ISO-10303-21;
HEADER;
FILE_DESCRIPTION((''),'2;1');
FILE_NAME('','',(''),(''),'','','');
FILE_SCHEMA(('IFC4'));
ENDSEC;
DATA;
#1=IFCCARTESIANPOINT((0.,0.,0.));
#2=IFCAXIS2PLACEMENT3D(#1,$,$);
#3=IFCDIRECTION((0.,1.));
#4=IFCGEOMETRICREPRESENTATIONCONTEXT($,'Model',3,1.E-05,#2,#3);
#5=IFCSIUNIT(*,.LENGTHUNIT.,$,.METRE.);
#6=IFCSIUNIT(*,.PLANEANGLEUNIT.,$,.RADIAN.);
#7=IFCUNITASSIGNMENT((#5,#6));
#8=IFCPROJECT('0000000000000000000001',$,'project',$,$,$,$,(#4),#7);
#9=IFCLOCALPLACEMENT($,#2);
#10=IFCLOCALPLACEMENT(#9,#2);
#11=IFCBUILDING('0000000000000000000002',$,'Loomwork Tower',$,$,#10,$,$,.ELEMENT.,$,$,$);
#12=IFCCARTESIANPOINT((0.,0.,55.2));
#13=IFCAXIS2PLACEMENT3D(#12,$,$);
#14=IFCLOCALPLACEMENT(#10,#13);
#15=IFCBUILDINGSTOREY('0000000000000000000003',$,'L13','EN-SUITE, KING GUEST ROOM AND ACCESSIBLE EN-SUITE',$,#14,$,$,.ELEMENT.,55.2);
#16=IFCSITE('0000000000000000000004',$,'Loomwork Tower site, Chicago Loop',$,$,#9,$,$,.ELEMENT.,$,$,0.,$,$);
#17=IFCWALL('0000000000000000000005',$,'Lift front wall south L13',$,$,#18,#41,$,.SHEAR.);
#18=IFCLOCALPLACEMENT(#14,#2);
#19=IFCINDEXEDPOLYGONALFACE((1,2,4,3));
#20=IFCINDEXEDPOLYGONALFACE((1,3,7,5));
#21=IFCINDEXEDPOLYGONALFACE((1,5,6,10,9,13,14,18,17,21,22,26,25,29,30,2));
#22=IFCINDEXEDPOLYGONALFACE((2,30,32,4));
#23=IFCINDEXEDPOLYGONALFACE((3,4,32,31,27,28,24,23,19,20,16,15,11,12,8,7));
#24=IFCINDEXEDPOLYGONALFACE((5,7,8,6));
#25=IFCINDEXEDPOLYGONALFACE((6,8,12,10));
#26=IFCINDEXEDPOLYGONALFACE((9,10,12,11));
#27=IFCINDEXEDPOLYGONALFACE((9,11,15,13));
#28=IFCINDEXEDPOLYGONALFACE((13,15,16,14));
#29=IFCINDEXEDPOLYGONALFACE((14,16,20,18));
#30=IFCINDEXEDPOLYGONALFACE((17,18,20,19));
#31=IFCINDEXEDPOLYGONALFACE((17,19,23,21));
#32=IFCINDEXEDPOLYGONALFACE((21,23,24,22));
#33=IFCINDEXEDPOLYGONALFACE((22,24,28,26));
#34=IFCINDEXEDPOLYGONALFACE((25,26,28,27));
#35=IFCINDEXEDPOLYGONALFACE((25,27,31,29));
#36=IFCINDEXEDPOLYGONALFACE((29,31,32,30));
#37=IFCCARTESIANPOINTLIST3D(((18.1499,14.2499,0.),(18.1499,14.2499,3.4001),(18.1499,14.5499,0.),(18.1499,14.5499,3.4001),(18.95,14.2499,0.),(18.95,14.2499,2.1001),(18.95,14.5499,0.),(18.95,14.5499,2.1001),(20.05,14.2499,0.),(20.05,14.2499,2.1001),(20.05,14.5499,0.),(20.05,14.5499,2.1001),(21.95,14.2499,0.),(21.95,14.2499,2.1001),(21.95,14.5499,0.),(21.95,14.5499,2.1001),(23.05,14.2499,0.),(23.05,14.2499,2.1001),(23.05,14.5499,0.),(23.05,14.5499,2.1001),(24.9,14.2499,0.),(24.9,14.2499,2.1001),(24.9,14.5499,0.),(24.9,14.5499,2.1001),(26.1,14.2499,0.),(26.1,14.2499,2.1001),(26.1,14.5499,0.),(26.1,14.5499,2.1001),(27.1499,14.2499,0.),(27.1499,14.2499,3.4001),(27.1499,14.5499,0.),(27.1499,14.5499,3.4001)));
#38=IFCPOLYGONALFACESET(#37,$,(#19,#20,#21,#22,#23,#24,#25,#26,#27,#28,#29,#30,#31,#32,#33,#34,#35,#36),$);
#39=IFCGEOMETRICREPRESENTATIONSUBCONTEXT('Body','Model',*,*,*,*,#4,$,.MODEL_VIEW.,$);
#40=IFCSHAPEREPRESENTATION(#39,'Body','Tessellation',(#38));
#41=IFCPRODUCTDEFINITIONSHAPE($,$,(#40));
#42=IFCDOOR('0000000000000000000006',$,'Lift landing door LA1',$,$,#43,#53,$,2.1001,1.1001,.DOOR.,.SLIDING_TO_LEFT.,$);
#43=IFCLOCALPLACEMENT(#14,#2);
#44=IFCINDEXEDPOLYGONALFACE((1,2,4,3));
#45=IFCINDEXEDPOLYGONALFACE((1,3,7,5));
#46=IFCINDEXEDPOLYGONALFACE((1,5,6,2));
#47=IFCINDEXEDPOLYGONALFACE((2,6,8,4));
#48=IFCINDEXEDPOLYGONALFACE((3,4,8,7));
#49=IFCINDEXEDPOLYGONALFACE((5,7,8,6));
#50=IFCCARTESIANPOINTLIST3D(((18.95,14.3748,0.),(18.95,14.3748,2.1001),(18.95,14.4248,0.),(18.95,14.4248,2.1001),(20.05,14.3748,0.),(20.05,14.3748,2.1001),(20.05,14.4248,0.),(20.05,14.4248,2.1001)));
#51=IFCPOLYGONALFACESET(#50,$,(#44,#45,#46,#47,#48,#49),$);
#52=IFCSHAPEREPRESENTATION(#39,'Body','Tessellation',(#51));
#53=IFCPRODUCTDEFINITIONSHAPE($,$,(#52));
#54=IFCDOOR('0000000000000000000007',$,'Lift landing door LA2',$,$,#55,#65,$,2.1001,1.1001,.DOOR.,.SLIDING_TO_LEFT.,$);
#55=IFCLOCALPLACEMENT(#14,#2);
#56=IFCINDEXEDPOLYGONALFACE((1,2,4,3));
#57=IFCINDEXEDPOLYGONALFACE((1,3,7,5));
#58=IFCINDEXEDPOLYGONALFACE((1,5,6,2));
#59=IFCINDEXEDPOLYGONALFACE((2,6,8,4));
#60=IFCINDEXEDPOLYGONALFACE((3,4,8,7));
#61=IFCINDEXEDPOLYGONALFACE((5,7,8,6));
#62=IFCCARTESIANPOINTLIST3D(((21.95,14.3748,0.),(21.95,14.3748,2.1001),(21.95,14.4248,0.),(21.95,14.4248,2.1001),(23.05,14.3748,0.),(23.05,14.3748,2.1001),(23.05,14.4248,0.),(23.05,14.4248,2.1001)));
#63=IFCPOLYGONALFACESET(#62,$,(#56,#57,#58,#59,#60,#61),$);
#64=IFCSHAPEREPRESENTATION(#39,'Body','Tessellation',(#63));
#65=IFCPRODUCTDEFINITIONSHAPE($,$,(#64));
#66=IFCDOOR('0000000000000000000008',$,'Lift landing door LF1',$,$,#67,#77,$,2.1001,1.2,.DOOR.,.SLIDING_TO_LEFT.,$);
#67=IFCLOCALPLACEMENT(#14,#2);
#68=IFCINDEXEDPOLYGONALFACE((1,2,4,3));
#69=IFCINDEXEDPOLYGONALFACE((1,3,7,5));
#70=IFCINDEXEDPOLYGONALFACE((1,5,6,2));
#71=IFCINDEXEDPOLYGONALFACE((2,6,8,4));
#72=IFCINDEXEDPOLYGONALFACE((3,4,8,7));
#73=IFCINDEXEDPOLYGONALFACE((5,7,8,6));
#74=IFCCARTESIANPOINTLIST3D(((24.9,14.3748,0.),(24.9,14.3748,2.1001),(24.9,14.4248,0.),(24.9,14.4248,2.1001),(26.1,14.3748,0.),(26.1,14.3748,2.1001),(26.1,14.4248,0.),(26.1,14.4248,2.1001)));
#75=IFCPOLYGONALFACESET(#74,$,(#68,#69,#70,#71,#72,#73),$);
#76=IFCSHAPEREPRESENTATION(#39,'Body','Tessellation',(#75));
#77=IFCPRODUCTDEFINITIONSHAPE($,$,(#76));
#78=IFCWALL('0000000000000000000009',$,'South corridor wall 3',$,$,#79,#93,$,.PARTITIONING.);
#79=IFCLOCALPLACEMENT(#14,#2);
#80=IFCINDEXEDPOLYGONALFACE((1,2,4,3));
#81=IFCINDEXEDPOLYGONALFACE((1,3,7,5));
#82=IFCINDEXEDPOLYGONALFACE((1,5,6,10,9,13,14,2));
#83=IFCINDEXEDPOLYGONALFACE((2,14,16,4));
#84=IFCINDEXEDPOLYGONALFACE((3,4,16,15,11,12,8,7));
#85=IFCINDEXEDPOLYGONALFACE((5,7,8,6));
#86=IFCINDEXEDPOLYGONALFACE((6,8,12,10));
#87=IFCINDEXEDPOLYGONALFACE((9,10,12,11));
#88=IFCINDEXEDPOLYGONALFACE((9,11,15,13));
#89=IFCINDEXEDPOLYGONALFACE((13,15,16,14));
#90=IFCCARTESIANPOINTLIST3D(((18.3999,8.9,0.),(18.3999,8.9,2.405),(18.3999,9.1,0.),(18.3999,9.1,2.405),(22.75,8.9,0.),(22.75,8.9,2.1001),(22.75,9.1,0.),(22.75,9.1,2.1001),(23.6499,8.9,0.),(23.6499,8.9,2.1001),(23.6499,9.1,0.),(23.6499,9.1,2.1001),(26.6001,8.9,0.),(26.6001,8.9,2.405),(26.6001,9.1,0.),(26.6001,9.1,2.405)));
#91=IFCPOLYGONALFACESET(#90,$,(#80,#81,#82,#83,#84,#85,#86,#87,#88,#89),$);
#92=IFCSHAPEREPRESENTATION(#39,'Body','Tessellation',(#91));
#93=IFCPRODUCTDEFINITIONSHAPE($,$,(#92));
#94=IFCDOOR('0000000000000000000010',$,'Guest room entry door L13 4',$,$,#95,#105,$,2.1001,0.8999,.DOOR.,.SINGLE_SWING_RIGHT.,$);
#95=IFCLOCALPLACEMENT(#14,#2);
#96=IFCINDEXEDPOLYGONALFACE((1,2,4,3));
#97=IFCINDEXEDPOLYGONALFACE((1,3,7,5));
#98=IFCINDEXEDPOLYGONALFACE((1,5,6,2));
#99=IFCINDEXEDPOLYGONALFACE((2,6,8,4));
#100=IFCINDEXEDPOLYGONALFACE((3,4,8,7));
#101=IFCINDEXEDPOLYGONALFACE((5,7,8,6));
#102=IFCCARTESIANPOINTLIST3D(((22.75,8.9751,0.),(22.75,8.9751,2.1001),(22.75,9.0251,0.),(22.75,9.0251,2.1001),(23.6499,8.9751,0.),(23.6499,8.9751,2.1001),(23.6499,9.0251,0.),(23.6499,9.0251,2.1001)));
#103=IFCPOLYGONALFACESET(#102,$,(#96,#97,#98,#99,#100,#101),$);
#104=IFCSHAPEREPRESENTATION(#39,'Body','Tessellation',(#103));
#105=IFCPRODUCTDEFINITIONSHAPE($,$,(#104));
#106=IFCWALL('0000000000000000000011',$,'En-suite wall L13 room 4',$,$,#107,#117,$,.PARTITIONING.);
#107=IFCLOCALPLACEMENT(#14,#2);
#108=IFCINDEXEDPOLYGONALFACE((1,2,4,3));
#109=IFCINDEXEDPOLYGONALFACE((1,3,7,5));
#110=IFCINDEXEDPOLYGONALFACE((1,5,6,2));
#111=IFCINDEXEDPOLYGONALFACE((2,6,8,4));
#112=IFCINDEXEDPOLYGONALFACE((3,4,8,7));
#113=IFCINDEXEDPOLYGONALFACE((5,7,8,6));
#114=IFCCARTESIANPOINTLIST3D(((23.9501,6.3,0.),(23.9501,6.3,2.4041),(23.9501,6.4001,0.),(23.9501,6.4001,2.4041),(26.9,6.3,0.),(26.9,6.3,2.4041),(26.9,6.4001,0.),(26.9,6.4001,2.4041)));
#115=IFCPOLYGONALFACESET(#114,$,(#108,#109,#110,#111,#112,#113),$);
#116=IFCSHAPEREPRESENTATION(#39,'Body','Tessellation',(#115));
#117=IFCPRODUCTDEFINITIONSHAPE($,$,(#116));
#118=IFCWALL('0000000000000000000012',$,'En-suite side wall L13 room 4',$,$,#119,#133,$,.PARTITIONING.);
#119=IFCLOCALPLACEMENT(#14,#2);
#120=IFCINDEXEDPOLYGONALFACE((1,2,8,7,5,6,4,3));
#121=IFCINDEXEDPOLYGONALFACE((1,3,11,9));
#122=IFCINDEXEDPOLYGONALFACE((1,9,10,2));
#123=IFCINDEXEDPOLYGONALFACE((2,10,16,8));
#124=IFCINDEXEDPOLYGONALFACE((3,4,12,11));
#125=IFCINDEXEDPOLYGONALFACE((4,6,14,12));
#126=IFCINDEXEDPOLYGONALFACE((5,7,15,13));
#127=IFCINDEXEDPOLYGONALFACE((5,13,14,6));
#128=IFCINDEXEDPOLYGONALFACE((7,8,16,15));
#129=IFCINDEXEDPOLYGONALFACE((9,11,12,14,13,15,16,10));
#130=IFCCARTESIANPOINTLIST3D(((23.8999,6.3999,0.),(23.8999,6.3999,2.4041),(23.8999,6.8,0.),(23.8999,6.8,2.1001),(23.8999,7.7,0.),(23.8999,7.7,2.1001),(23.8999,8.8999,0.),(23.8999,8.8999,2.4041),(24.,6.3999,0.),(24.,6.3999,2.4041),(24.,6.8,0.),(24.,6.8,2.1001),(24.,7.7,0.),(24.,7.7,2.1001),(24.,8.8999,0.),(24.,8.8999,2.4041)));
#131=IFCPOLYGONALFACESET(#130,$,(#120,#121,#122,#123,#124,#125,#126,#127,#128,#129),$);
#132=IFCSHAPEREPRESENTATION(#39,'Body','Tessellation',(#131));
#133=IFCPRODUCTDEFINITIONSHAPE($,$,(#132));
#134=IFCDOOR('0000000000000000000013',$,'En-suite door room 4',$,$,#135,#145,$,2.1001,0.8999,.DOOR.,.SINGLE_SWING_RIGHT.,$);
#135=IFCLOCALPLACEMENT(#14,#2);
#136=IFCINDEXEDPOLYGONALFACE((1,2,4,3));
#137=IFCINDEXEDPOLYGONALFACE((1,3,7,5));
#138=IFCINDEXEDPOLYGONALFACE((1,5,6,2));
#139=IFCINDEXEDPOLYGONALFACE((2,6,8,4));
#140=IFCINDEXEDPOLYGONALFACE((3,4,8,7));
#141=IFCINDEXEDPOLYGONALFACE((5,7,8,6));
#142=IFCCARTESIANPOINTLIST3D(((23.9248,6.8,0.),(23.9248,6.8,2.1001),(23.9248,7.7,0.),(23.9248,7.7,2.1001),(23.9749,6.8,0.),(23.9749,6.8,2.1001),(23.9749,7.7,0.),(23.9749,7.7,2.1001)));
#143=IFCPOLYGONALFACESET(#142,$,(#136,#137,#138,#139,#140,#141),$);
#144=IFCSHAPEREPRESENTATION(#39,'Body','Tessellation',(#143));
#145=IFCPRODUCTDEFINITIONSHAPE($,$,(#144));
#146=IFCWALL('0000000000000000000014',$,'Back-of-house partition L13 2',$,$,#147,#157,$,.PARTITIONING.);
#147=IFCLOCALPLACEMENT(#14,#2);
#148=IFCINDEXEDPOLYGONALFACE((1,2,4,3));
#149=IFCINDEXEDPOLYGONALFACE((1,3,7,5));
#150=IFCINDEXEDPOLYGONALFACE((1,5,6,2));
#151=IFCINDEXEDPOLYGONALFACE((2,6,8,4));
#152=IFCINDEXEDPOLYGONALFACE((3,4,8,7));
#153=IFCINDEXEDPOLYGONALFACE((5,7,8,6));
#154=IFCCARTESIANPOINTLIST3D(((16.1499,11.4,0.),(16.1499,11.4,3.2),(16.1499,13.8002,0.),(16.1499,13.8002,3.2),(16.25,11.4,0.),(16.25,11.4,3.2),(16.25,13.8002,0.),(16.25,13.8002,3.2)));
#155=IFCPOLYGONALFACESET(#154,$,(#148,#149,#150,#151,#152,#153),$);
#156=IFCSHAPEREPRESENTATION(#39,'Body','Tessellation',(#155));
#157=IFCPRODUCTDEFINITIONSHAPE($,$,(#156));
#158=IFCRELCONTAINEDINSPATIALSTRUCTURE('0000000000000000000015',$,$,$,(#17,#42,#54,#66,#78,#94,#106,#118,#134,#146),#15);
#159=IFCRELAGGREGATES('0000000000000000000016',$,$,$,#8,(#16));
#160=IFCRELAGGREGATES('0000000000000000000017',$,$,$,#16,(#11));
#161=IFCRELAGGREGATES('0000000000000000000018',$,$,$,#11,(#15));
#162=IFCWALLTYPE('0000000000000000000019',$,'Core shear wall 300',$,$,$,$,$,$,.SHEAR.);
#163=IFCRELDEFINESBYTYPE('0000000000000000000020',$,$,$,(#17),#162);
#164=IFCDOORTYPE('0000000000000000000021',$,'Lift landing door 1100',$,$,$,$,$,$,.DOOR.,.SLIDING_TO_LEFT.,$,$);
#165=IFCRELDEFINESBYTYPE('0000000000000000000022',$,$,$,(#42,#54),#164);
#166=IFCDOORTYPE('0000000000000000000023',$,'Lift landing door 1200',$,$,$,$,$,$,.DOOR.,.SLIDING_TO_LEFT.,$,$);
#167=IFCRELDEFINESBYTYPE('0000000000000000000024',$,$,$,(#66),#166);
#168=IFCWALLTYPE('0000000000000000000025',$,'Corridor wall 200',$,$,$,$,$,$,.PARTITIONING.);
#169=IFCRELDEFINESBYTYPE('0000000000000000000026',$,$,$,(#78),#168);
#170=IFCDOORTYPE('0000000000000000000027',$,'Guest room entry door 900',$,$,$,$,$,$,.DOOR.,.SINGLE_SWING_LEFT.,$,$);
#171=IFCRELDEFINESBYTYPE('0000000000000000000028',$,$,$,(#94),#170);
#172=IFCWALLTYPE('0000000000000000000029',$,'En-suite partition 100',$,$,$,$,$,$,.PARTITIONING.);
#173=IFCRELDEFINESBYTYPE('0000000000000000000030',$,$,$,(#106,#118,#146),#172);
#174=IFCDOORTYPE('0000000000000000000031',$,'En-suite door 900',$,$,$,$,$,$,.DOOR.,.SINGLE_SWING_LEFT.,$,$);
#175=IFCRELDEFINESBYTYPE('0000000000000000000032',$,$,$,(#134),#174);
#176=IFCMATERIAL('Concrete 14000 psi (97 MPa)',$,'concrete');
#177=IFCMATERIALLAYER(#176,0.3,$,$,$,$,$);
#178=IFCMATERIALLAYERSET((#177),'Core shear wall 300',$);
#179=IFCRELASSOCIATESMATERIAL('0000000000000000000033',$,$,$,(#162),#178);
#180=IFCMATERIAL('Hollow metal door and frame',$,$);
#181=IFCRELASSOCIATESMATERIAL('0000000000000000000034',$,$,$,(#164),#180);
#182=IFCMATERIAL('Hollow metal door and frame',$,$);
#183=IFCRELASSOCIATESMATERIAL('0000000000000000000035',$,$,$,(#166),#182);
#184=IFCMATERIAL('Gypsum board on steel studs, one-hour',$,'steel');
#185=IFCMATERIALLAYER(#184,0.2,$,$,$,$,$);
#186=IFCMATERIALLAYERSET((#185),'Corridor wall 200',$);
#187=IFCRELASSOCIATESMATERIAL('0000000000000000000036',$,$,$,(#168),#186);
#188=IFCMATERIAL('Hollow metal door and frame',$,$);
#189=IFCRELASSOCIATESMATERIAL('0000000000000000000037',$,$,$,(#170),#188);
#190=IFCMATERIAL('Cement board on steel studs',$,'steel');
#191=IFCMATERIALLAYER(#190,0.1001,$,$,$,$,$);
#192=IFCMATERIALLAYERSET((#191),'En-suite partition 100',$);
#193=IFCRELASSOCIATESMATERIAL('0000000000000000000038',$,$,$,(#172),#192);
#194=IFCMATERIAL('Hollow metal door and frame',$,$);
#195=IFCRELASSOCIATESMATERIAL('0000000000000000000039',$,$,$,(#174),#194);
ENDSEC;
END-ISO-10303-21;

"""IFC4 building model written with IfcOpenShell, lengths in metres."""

from ifc_helpers import new_model, si_unit, direction, frame, frame_2d, origin, place, context, subcontext, project, spatial, rectangle, extrude, material, layer, layer_set, type_object, element, fill, save


model = new_model("IFC4")

# Units and contexts
model_context = context("Model", 3, precision=1e-05, world=origin(), true_north=direction((0.0, 1.0)))
body_context = subcontext(model_context, "Body", "Model", "MODEL_VIEW")
ifc_project = project(units=[si_unit("LENGTHUNIT", "METRE"), si_unit("PLANEANGLEUNIT", "RADIAN")], contexts=[model_context])

# Site, building, storey
site_placement = place(None, origin())
site = spatial("IfcSite", under=ifc_project, at=site_placement, Name="Loomwork Tower site, Chicago Loop", CompositionType="ELEMENT", RefElevation=0.0)
building_placement = place(site_placement, origin())
building = spatial("IfcBuilding", under=site, at=building_placement, Name="Loomwork Tower", CompositionType="ELEMENT")
storey_placement = place(building_placement, frame((0.0, 0.0, 55.2)))
storey = spatial("IfcBuildingStorey", under=building, at=storey_placement, Name="L13", Description="EN-SUITE, KING GUEST ROOM AND ACCESSIBLE EN-SUITE", CompositionType="ELEMENT", Elevation=55.2)

# Wall, openings, doors
ifc_material_1 = material(Name="Concrete 14000 psi (97 MPa)", Category="concrete")
ifc_layer_1 = layer(ifc_material_1, 0.3)
ifc_layer_set_1 = layer_set([ifc_layer_1], Name="Core shear wall 300")
wall_type_1 = type_object("IfcWallType", Name="Core shear wall 300", PredefinedType="SHEAR", material=ifc_layer_set_1)
wall_1_placement = place(storey_placement, frame((18.1499, 14.3999, 0.0), z_axis=(0.0, 0.0, 1.0), x_axis=(1.0, 0.0, 0.0)))
wall_1 = element("IfcWall", 1, at=wall_1_placement, inside=storey, type_object=wall_type_1, Name="Lift front wall south L13", PredefinedType="SHEAR", context=body_context, shape_type="SweptSolid", body=[
    extrude(rectangle(XDim=9.0, YDim=0.3, at=frame_2d((4.5, 0.0))), origin(), (0.0, 0.0, 1.0), 3.4001),
])
opening_1_placement = place(wall_1_placement, frame((0.8, 0.0, 0.0)))
opening_1 = element("IfcOpeningElement", 2, at=opening_1_placement, cuts=wall_1, PredefinedType="OPENING", context=body_context, shape_type="SweptSolid", body=[
    extrude(rectangle(XDim=1.1001, YDim=2.1001, at=frame_2d((0.55, 1.05))), frame((0.0, 0.1599, 0.0), z_axis=(0.0, -1.0, 0.0), x_axis=(1.0, 0.0, 0.0)), (0.0, 0.0, 1.0), 0.3201),
])
opening_2_placement = place(wall_1_placement, frame((3.8, 0.0, 0.0)))
opening_2 = element("IfcOpeningElement", 3, at=opening_2_placement, cuts=wall_1, PredefinedType="OPENING", context=body_context, shape_type="SweptSolid", body=[
    extrude(rectangle(XDim=1.1001, YDim=2.1001, at=frame_2d((0.55, 1.05))), frame((0.0, 0.1599, 0.0), z_axis=(0.0, -1.0, 0.0), x_axis=(1.0, 0.0, 0.0)), (0.0, 0.0, 1.0), 0.3201),
])
opening_3_placement = place(wall_1_placement, frame((6.75, 0.0, 0.0)))
opening_3 = element("IfcOpeningElement", 4, at=opening_3_placement, cuts=wall_1, PredefinedType="OPENING", context=body_context, shape_type="SweptSolid", body=[
    extrude(rectangle(XDim=1.2, YDim=2.1001, at=frame_2d((0.6001, 1.05))), frame((0.0, 0.1599, 0.0), z_axis=(0.0, -1.0, 0.0), x_axis=(1.0, 0.0, 0.0)), (0.0, 0.0, 1.0), 0.3201),
])
ifc_material_2 = material(Name="Hollow metal door and frame")
door_type_1 = type_object("IfcDoorType", Name="Lift landing door 1100", OperationType="SLIDING_TO_LEFT", PredefinedType="DOOR", material=ifc_material_2)
door_1_placement = place(opening_1_placement, origin())
door_1 = element("IfcDoor", 5, at=door_1_placement, inside=storey, type_object=door_type_1, Name="Lift landing door LA1", OperationType="SLIDING_TO_LEFT", OverallHeight=2.1001, OverallWidth=1.1001, PredefinedType="DOOR", context=body_context, shape_type="SweptSolid", body=[
    extrude(rectangle(XDim=1.1001, YDim=2.1001, at=frame_2d((0.55, 1.05))), frame((0.0, 0.0249, 0.0), z_axis=(0.0, -1.0, 0.0), x_axis=(1.0, 0.0, 0.0)), (0.0, 0.0, 1.0), 0.05),
])
fill(opening_1, door_1)
door_2_placement = place(opening_2_placement, origin())
door_2 = element("IfcDoor", 6, at=door_2_placement, inside=storey, type_object=door_type_1, Name="Lift landing door LA2", OperationType="SLIDING_TO_LEFT", OverallHeight=2.1001, OverallWidth=1.1001, PredefinedType="DOOR", context=body_context, shape_type="SweptSolid", body=[
    extrude(rectangle(XDim=1.1001, YDim=2.1001, at=frame_2d((0.55, 1.05))), frame((0.0, 0.0249, 0.0), z_axis=(0.0, -1.0, 0.0), x_axis=(1.0, 0.0, 0.0)), (0.0, 0.0, 1.0), 0.05),
])
fill(opening_2, door_2)
ifc_material_3 = material(Name="Hollow metal door and frame")
door_type_2 = type_object("IfcDoorType", Name="Lift landing door 1200", OperationType="SLIDING_TO_LEFT", PredefinedType="DOOR", material=ifc_material_3)
door_3_placement = place(opening_3_placement, origin())
door_3 = element("IfcDoor", 7, at=door_3_placement, inside=storey, type_object=door_type_2, Name="Lift landing door LF1", OperationType="SLIDING_TO_LEFT", OverallHeight=2.1001, OverallWidth=1.2, PredefinedType="DOOR", context=body_context, shape_type="SweptSolid", body=[
    extrude(rectangle(XDim=1.2, YDim=2.1001, at=frame_2d((0.6001, 1.05))), frame((0.0, 0.0249, 0.0), z_axis=(0.0, -1.0, 0.0), x_axis=(1.0, 0.0, 0.0)), (0.0, 0.0, 1.0), 0.05),
])
fill(opening_3, door_3)

# Wall, opening, door
ifc_material_4 = material(Name="Gypsum board on steel studs, one-hour", Category="steel")
ifc_layer_2 = layer(ifc_material_4, 0.2)
ifc_layer_set_2 = layer_set([ifc_layer_2], Name="Corridor wall 200")
wall_type_2 = type_object("IfcWallType", Name="Corridor wall 200", PredefinedType="PARTITIONING", material=ifc_layer_set_2)
wall_2_placement = place(storey_placement, frame((18.3999, 9.0, 0.0), z_axis=(0.0, 0.0, 1.0), x_axis=(1.0, 0.0, 0.0)))
wall_2 = element("IfcWall", 8, at=wall_2_placement, inside=storey, type_object=wall_type_2, Name="South corridor wall 3", PredefinedType="PARTITIONING", context=body_context, shape_type="SweptSolid", body=[
    extrude(rectangle(XDim=8.2002, YDim=0.2, at=frame_2d((4.1001, 0.0))), origin(), (0.0, 0.0, 1.0), 2.405),
])
opening_4_placement = place(wall_2_placement, frame((4.3501, 0.0, 0.0)))
opening_4 = element("IfcOpeningElement", 9, at=opening_4_placement, cuts=wall_2, PredefinedType="OPENING", context=body_context, shape_type="SweptSolid", body=[
    extrude(rectangle(XDim=0.8999, YDim=2.1001, at=frame_2d((0.45, 1.05))), frame((0.0, 0.1099, 0.0), z_axis=(0.0, -1.0, 0.0), x_axis=(1.0, 0.0, 0.0)), (0.0, 0.0, 1.0), 0.22),
])
ifc_material_5 = material(Name="Hollow metal door and frame")
door_type_3 = type_object("IfcDoorType", Name="Guest room entry door 900", OperationType="SINGLE_SWING_LEFT", PredefinedType="DOOR", material=ifc_material_5)
door_4_placement = place(opening_4_placement, frame((0.8999, 0.0, 0.0), z_axis=(0.0, 0.0, 1.0), x_axis=(-1.0, 0.0, 0.0)))
door_4 = element("IfcDoor", 10, at=door_4_placement, inside=storey, type_object=door_type_3, Name="Guest room entry door L13 4", OperationType="SINGLE_SWING_RIGHT", OverallHeight=2.1001, OverallWidth=0.8999, PredefinedType="DOOR", context=body_context, shape_type="SweptSolid", body=[
    extrude(rectangle(XDim=0.8999, YDim=2.1001, at=frame_2d((0.45, 1.05))), frame((0.0, 0.0249, 0.0), z_axis=(0.0, -1.0, 0.0), x_axis=(1.0, 0.0, 0.0)), (0.0, 0.0, 1.0), 0.05),
])
fill(opening_4, door_4)

# Wall
ifc_material_6 = material(Name="Cement board on steel studs", Category="steel")
ifc_layer_3 = layer(ifc_material_6, 0.1001)
ifc_layer_set_3 = layer_set([ifc_layer_3], Name="En-suite partition 100")
wall_type_3 = type_object("IfcWallType", Name="En-suite partition 100", PredefinedType="PARTITIONING", material=ifc_layer_set_3)
wall_3_placement = place(storey_placement, frame((23.95, 6.3501, 0.0), z_axis=(0.0, 0.0, 1.0), x_axis=(1.0, 0.0, 0.0)))
element("IfcWall", 11, at=wall_3_placement, inside=storey, type_object=wall_type_3, Name="En-suite wall L13 room 4", PredefinedType="PARTITIONING", context=body_context, shape_type="SweptSolid", body=[
    extrude(rectangle(XDim=2.95, YDim=0.1001, at=frame_2d((1.4751, 0.0))), origin(), (0.0, 0.0, 1.0), 2.4041),
])

# Wall, opening, door
wall_4_placement = place(storey_placement, frame((23.95, 8.8999, 0.0), z_axis=(0.0, 0.0, 1.0), x_axis=(0.0, -1.0, 0.0)))
wall_4 = element("IfcWall", 12, at=wall_4_placement, inside=storey, type_object=wall_type_3, Name="En-suite side wall L13 room 4", PredefinedType="PARTITIONING", context=body_context, shape_type="SweptSolid", body=[
    extrude(rectangle(XDim=2.5, YDim=0.1001, at=frame_2d((1.25, 0.0))), origin(), (0.0, 0.0, 1.0), 2.4041),
])
opening_5_placement = place(wall_4_placement, frame((1.2, 0.0, 0.0)))
opening_5 = element("IfcOpeningElement", 13, at=opening_5_placement, cuts=wall_4, PredefinedType="OPENING", context=body_context, shape_type="SweptSolid", body=[
    extrude(rectangle(XDim=0.8999, YDim=2.1001, at=frame_2d((0.45, 1.05))), frame((0.0, 0.0601, 0.0), z_axis=(0.0, -1.0, 0.0), x_axis=(1.0, 0.0, 0.0)), (0.0, 0.0, 1.0), 0.1201),
])
ifc_material_7 = material(Name="Hollow metal door and frame")
door_type_4 = type_object("IfcDoorType", Name="En-suite door 900", OperationType="SINGLE_SWING_LEFT", PredefinedType="DOOR", material=ifc_material_7)
door_5_placement = place(opening_5_placement, origin())
door_5 = element("IfcDoor", 14, at=door_5_placement, inside=storey, type_object=door_type_4, Name="En-suite door room 4", OperationType="SINGLE_SWING_RIGHT", OverallHeight=2.1001, OverallWidth=0.8999, PredefinedType="DOOR", context=body_context, shape_type="SweptSolid", body=[
    extrude(rectangle(XDim=0.8999, YDim=2.1001, at=frame_2d((0.45, 1.05))), frame((0.0, 0.0249, 0.0), z_axis=(0.0, -1.0, 0.0), x_axis=(1.0, 0.0, 0.0)), (0.0, 0.0, 1.0), 0.05),
])
fill(opening_5, door_5)

# Wall
wall_5_placement = place(storey_placement, frame((16.2, 11.3999, 0.0), z_axis=(0.0, 0.0, 1.0), x_axis=(0.0, 1.0, 0.0)))
element("IfcWall", 15, at=wall_5_placement, inside=storey, type_object=wall_type_3, Name="Back-of-house partition L13 2", PredefinedType="PARTITIONING", context=body_context, shape_type="SweptSolid", body=[
    extrude(rectangle(XDim=2.4001, YDim=0.1001, at=frame_2d((1.2002, 0.0))), origin(), (0.0, 0.0, 1.0), 3.2),
])

save(model, "model.ifc")
